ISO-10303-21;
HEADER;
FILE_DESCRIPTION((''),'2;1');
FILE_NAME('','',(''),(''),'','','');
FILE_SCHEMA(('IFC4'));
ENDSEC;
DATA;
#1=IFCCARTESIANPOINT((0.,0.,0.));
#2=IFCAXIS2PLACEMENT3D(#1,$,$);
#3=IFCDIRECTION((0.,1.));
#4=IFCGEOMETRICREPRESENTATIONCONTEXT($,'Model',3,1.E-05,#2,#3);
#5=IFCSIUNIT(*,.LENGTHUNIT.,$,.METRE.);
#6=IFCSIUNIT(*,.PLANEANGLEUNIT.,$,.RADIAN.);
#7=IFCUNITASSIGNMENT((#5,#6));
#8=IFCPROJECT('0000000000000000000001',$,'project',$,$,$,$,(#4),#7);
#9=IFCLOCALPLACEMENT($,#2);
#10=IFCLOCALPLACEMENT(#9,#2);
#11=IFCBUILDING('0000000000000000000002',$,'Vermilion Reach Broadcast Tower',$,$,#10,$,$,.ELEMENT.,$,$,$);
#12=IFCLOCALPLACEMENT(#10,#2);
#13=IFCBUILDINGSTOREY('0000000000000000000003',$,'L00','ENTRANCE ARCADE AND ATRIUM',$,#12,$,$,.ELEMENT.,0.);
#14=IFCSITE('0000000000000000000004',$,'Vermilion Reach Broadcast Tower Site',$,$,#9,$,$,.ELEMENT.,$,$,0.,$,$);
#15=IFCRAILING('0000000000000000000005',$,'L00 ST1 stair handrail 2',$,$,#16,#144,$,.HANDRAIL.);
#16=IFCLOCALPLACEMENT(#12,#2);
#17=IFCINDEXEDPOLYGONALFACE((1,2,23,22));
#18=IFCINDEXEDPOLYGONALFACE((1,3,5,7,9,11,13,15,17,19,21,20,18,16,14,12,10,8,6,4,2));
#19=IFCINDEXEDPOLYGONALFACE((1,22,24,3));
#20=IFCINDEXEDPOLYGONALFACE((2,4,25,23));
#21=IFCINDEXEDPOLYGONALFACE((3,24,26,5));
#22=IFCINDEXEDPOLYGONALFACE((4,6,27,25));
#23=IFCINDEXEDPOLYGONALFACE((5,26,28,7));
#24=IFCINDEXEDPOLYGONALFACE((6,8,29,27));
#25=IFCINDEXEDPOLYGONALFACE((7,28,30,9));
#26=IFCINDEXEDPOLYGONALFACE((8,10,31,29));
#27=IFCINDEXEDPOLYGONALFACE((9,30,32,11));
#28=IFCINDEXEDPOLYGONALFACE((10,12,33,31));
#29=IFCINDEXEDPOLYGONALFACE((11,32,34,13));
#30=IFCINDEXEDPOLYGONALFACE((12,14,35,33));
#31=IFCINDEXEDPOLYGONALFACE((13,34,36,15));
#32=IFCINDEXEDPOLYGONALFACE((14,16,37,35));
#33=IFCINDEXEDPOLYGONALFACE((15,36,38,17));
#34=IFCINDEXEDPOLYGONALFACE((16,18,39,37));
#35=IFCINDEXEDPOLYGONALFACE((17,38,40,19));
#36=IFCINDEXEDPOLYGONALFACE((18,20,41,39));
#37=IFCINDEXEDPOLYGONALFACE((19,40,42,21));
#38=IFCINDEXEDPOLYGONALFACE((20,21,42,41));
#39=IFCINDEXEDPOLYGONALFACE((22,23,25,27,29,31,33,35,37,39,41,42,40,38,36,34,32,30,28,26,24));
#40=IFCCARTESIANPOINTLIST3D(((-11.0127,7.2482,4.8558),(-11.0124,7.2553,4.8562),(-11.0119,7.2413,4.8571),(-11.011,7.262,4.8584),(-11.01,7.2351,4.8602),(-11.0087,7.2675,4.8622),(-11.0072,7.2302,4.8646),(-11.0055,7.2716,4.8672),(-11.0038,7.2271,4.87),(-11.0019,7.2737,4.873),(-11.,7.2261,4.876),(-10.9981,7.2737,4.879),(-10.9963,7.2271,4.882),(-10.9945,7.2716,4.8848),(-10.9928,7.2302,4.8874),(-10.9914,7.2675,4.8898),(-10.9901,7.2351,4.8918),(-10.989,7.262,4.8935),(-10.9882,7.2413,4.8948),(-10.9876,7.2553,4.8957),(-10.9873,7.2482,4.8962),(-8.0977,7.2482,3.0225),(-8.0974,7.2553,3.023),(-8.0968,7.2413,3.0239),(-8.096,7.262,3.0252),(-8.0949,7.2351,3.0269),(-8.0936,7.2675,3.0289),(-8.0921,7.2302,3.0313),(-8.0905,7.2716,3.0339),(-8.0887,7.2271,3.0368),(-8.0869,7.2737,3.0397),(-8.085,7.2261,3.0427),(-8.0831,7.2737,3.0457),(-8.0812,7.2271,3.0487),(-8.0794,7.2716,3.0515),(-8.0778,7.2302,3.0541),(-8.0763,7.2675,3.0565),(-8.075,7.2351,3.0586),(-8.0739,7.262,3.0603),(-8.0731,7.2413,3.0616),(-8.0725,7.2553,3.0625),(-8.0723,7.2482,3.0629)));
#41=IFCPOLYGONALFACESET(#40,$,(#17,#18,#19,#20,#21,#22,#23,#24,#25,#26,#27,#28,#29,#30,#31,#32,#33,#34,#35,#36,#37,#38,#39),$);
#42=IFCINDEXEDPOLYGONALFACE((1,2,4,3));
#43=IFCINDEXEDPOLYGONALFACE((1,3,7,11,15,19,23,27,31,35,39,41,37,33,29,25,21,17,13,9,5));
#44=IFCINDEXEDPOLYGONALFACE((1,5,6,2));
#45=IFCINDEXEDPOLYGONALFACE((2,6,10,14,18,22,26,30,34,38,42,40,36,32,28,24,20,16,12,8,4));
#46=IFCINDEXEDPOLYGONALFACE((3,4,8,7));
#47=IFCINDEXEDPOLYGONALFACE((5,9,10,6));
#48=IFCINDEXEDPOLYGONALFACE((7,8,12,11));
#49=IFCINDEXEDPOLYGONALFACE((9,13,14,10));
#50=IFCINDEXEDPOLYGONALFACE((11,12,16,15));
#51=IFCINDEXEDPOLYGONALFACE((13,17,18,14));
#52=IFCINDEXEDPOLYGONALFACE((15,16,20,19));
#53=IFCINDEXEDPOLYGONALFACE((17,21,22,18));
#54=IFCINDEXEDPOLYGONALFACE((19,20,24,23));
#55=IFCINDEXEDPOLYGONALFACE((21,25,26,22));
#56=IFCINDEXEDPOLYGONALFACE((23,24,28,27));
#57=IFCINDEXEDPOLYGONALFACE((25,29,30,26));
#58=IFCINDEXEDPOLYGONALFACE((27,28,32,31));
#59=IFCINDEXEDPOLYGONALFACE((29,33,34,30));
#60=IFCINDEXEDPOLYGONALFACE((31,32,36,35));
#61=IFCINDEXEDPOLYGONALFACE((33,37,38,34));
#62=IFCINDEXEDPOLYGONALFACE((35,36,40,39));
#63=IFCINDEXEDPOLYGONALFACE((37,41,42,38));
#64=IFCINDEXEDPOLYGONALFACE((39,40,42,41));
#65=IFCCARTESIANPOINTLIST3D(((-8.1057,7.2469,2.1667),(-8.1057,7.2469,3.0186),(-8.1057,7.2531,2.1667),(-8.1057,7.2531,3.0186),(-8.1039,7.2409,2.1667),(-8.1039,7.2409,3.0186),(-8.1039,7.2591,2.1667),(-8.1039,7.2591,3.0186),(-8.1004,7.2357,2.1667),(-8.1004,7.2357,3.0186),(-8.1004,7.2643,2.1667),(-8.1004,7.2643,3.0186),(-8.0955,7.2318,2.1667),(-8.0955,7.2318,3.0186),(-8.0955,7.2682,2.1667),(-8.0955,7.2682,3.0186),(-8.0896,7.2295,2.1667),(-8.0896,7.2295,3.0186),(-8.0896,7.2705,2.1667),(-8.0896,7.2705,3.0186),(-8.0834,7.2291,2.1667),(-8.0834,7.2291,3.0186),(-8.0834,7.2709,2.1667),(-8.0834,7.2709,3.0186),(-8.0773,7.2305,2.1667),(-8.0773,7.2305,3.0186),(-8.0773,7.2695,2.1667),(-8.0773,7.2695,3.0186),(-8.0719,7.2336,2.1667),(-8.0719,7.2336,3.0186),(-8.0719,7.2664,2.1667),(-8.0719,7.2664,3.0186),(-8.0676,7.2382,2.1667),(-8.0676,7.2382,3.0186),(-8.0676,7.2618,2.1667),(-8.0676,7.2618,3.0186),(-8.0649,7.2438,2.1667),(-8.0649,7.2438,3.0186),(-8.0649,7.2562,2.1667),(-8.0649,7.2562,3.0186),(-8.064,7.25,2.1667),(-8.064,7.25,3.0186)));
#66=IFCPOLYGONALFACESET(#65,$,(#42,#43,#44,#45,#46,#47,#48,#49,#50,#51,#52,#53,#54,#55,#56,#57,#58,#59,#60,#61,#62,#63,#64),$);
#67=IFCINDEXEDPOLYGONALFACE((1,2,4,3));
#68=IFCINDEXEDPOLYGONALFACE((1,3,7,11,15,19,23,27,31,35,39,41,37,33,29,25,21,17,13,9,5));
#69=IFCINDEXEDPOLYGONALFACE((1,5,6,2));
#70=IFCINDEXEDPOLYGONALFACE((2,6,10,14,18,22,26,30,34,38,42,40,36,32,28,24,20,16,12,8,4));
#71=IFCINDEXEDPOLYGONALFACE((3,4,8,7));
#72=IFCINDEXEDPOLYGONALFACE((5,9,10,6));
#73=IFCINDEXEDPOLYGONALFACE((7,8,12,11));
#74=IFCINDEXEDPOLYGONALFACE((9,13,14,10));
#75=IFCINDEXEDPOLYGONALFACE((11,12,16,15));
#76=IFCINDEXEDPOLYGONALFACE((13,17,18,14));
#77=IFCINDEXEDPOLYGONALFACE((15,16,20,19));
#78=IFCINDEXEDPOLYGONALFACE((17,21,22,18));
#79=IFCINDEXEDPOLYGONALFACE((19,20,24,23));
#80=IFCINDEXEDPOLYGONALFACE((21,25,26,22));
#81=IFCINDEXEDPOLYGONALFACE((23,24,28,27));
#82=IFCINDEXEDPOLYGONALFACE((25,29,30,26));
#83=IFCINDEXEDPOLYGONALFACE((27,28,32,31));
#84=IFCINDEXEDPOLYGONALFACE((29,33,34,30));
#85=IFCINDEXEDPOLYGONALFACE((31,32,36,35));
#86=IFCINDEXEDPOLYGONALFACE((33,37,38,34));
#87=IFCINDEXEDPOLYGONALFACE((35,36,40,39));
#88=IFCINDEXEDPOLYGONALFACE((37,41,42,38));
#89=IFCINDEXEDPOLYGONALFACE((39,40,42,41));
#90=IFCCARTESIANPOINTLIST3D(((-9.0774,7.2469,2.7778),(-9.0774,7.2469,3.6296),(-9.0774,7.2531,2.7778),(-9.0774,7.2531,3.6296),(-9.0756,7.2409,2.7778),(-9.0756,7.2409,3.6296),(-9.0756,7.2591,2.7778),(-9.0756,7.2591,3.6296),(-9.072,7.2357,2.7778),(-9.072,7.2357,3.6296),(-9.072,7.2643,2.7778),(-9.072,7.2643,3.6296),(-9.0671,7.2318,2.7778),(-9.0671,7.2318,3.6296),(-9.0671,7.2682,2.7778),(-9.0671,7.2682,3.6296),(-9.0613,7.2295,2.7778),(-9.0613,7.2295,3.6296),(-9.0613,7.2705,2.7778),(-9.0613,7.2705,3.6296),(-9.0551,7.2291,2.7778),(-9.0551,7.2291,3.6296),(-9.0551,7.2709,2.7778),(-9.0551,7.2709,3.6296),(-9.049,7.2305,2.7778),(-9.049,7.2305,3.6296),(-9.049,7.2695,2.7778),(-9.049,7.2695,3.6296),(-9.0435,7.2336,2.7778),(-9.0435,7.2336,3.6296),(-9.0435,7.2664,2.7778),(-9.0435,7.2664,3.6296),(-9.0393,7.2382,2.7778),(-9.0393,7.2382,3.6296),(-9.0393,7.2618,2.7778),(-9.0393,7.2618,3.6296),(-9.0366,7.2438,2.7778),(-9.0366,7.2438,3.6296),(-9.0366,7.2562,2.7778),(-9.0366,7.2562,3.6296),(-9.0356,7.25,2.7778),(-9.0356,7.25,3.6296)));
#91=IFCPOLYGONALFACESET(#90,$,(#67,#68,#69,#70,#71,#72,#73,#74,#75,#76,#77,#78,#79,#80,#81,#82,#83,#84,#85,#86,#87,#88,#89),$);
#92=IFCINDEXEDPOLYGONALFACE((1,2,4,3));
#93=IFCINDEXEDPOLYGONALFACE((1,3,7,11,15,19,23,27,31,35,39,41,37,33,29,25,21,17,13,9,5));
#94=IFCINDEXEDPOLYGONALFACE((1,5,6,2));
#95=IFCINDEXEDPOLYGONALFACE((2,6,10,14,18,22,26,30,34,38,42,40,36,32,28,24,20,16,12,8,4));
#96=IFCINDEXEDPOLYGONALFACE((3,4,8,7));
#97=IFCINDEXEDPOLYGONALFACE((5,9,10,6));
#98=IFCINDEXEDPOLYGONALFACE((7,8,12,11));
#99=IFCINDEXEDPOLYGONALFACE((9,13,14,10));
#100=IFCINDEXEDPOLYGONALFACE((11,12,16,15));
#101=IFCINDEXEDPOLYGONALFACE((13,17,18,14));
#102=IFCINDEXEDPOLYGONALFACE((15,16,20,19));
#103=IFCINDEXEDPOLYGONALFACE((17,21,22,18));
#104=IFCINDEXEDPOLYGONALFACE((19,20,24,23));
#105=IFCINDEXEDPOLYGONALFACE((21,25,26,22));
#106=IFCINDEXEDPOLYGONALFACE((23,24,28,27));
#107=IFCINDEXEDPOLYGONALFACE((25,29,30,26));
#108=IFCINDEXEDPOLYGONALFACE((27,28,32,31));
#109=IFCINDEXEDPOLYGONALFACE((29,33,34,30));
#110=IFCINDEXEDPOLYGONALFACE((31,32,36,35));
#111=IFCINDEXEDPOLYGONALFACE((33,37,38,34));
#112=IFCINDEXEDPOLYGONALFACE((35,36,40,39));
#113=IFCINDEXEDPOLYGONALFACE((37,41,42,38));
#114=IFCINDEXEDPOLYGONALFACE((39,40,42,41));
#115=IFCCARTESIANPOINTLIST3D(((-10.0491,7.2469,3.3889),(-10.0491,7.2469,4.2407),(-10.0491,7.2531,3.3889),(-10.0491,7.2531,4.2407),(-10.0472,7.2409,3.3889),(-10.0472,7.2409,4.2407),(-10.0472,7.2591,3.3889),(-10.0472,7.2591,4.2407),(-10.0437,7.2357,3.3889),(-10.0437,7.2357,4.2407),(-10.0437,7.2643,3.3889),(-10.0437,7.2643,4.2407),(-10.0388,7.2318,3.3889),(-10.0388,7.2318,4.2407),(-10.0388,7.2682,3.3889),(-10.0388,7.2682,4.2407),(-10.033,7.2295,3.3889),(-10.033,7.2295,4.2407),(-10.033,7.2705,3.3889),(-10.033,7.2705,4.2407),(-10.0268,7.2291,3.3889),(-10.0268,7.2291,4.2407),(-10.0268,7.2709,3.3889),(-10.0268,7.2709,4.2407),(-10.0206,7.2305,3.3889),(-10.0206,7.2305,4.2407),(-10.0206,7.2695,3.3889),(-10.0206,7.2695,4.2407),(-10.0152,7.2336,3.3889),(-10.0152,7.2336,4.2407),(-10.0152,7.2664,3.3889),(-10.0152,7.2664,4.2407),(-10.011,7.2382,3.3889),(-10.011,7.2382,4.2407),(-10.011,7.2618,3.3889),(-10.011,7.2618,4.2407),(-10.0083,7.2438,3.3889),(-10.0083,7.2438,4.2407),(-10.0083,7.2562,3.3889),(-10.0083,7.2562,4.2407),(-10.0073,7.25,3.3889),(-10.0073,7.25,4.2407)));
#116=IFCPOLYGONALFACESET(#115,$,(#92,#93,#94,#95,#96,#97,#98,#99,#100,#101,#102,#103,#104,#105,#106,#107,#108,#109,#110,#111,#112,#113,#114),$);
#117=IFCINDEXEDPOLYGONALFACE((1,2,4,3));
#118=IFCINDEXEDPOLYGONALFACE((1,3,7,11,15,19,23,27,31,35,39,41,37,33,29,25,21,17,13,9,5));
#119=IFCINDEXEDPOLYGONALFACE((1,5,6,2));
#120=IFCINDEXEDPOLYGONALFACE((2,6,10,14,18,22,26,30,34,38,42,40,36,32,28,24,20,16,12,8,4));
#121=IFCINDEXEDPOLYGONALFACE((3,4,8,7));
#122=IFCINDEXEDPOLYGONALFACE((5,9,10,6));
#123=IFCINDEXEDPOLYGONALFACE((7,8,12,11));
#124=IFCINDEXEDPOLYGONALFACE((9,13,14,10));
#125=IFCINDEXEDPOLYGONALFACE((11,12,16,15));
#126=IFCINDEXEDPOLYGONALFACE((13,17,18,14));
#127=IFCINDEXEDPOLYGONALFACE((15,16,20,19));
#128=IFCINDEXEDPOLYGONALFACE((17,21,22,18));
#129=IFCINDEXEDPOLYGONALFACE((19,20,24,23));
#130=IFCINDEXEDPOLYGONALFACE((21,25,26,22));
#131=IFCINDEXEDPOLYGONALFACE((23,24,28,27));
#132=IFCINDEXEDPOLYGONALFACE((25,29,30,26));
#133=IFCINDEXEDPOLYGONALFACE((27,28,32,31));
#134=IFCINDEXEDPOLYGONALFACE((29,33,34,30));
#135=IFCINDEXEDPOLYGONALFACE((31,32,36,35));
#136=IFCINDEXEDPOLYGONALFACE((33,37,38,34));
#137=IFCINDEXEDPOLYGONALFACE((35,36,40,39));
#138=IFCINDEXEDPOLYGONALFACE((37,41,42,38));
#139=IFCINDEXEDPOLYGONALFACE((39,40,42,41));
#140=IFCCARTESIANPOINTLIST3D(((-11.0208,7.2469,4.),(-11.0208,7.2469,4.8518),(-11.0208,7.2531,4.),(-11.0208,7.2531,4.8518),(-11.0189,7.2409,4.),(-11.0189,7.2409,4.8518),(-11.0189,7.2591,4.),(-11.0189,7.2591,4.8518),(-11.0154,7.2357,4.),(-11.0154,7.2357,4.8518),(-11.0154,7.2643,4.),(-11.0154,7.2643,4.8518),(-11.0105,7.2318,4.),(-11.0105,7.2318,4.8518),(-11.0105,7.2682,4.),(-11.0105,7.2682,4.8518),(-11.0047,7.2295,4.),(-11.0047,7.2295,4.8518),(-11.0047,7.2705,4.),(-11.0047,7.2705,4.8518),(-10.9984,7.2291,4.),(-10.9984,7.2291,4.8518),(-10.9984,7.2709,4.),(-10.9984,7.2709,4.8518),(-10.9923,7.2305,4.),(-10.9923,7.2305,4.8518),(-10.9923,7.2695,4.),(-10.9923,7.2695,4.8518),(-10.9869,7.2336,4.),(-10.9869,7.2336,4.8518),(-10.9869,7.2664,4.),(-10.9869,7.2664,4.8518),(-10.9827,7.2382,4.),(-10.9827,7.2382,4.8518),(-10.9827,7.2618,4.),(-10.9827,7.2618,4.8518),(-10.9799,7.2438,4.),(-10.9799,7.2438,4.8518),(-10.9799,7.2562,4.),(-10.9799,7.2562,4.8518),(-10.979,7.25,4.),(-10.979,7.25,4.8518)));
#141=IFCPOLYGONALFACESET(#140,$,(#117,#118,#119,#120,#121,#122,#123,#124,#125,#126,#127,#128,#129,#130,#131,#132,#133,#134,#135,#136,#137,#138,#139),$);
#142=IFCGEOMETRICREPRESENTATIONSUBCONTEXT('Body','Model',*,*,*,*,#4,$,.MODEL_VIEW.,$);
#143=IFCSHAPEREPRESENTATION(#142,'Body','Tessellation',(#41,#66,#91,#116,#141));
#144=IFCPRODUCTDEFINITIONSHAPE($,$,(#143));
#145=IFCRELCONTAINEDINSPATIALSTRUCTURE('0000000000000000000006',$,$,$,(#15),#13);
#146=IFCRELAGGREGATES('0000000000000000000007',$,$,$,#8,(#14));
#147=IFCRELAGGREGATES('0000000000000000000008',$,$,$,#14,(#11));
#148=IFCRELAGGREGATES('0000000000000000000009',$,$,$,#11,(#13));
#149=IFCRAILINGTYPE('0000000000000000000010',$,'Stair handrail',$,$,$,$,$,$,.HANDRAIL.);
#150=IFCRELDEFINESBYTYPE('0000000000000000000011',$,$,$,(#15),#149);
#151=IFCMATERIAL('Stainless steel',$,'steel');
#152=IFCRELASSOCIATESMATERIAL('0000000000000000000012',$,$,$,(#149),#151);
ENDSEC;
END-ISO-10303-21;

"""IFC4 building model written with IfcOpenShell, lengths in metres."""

from ifc_helpers import new_model, si_unit, direction, frame, origin, origin_2d, place, context, subcontext, project, spatial, circle, extrude, material, type_object, element, save


model = new_model("IFC4")

# Units and contexts
model_context = context("Model", 3, precision=1e-05, world=origin(), true_north=direction((0.0, 1.0)))
body_context = subcontext(model_context, "Body", "Model", "MODEL_VIEW")
ifc_project = project(units=[si_unit("LENGTHUNIT", "METRE"), si_unit("PLANEANGLEUNIT", "RADIAN")], contexts=[model_context])

# Site, building, storey
site_placement = place(None, origin())
site = spatial("IfcSite", under=ifc_project, at=site_placement, Name="Vermilion Reach Broadcast Tower Site", CompositionType="ELEMENT", RefElevation=0.0)
building_placement = place(site_placement, origin())
building = spatial("IfcBuilding", under=site, at=building_placement, Name="Vermilion Reach Broadcast Tower", CompositionType="ELEMENT")
storey_placement = place(building_placement, origin())
storey = spatial("IfcBuildingStorey", under=building, at=storey_placement, Name="L00", Description="ENTRANCE ARCADE AND ATRIUM", CompositionType="ELEMENT", Elevation=0.0)

# Railing
ifc_material_1 = material(Name="Stainless steel", Category="steel")
railing_type_1 = type_object("IfcRailingType", Name="Stair handrail", PredefinedType="HANDRAIL", material=ifc_material_1)
for number, where, name in (
    (1, (-8.085, 7.25, 2.1667), "L00 ST1 stair handrail 2"),
):
    element("IfcRailing", number, at=place(storey_placement, frame(where)), inside=storey, type_object=railing_type_1, Name=name, PredefinedType="HANDRAIL", context=body_context, shape_type="SweptSolid", body=[
        extrude(circle(Radius=0.0239, at=origin_2d()), frame((0.0, 0.0, 0.876), z_axis=(-0.846513, 0.0, 0.532368), x_axis=(0.0, -1.0, 0.0)), (0.0, 0.0, 1.0), 3.4436),
        extrude(circle(Radius=0.021, at=origin_2d()), origin(), (0.0, 0.0, 1.0), 0.8518),
        extrude(circle(Radius=0.021, at=origin_2d()), frame((-0.9717, 0.0, 0.6111)), (0.0, 0.0, 1.0), 0.8518),
        extrude(circle(Radius=0.021, at=origin_2d()), frame((-1.9434, 0.0, 1.2222)), (0.0, 0.0, 1.0), 0.8518),
        extrude(circle(Radius=0.021, at=origin_2d()), frame((-2.915, 0.0, 1.8333)), (0.0, 0.0, 1.0), 0.8518),
    ])

save(model, "model.ifc")
